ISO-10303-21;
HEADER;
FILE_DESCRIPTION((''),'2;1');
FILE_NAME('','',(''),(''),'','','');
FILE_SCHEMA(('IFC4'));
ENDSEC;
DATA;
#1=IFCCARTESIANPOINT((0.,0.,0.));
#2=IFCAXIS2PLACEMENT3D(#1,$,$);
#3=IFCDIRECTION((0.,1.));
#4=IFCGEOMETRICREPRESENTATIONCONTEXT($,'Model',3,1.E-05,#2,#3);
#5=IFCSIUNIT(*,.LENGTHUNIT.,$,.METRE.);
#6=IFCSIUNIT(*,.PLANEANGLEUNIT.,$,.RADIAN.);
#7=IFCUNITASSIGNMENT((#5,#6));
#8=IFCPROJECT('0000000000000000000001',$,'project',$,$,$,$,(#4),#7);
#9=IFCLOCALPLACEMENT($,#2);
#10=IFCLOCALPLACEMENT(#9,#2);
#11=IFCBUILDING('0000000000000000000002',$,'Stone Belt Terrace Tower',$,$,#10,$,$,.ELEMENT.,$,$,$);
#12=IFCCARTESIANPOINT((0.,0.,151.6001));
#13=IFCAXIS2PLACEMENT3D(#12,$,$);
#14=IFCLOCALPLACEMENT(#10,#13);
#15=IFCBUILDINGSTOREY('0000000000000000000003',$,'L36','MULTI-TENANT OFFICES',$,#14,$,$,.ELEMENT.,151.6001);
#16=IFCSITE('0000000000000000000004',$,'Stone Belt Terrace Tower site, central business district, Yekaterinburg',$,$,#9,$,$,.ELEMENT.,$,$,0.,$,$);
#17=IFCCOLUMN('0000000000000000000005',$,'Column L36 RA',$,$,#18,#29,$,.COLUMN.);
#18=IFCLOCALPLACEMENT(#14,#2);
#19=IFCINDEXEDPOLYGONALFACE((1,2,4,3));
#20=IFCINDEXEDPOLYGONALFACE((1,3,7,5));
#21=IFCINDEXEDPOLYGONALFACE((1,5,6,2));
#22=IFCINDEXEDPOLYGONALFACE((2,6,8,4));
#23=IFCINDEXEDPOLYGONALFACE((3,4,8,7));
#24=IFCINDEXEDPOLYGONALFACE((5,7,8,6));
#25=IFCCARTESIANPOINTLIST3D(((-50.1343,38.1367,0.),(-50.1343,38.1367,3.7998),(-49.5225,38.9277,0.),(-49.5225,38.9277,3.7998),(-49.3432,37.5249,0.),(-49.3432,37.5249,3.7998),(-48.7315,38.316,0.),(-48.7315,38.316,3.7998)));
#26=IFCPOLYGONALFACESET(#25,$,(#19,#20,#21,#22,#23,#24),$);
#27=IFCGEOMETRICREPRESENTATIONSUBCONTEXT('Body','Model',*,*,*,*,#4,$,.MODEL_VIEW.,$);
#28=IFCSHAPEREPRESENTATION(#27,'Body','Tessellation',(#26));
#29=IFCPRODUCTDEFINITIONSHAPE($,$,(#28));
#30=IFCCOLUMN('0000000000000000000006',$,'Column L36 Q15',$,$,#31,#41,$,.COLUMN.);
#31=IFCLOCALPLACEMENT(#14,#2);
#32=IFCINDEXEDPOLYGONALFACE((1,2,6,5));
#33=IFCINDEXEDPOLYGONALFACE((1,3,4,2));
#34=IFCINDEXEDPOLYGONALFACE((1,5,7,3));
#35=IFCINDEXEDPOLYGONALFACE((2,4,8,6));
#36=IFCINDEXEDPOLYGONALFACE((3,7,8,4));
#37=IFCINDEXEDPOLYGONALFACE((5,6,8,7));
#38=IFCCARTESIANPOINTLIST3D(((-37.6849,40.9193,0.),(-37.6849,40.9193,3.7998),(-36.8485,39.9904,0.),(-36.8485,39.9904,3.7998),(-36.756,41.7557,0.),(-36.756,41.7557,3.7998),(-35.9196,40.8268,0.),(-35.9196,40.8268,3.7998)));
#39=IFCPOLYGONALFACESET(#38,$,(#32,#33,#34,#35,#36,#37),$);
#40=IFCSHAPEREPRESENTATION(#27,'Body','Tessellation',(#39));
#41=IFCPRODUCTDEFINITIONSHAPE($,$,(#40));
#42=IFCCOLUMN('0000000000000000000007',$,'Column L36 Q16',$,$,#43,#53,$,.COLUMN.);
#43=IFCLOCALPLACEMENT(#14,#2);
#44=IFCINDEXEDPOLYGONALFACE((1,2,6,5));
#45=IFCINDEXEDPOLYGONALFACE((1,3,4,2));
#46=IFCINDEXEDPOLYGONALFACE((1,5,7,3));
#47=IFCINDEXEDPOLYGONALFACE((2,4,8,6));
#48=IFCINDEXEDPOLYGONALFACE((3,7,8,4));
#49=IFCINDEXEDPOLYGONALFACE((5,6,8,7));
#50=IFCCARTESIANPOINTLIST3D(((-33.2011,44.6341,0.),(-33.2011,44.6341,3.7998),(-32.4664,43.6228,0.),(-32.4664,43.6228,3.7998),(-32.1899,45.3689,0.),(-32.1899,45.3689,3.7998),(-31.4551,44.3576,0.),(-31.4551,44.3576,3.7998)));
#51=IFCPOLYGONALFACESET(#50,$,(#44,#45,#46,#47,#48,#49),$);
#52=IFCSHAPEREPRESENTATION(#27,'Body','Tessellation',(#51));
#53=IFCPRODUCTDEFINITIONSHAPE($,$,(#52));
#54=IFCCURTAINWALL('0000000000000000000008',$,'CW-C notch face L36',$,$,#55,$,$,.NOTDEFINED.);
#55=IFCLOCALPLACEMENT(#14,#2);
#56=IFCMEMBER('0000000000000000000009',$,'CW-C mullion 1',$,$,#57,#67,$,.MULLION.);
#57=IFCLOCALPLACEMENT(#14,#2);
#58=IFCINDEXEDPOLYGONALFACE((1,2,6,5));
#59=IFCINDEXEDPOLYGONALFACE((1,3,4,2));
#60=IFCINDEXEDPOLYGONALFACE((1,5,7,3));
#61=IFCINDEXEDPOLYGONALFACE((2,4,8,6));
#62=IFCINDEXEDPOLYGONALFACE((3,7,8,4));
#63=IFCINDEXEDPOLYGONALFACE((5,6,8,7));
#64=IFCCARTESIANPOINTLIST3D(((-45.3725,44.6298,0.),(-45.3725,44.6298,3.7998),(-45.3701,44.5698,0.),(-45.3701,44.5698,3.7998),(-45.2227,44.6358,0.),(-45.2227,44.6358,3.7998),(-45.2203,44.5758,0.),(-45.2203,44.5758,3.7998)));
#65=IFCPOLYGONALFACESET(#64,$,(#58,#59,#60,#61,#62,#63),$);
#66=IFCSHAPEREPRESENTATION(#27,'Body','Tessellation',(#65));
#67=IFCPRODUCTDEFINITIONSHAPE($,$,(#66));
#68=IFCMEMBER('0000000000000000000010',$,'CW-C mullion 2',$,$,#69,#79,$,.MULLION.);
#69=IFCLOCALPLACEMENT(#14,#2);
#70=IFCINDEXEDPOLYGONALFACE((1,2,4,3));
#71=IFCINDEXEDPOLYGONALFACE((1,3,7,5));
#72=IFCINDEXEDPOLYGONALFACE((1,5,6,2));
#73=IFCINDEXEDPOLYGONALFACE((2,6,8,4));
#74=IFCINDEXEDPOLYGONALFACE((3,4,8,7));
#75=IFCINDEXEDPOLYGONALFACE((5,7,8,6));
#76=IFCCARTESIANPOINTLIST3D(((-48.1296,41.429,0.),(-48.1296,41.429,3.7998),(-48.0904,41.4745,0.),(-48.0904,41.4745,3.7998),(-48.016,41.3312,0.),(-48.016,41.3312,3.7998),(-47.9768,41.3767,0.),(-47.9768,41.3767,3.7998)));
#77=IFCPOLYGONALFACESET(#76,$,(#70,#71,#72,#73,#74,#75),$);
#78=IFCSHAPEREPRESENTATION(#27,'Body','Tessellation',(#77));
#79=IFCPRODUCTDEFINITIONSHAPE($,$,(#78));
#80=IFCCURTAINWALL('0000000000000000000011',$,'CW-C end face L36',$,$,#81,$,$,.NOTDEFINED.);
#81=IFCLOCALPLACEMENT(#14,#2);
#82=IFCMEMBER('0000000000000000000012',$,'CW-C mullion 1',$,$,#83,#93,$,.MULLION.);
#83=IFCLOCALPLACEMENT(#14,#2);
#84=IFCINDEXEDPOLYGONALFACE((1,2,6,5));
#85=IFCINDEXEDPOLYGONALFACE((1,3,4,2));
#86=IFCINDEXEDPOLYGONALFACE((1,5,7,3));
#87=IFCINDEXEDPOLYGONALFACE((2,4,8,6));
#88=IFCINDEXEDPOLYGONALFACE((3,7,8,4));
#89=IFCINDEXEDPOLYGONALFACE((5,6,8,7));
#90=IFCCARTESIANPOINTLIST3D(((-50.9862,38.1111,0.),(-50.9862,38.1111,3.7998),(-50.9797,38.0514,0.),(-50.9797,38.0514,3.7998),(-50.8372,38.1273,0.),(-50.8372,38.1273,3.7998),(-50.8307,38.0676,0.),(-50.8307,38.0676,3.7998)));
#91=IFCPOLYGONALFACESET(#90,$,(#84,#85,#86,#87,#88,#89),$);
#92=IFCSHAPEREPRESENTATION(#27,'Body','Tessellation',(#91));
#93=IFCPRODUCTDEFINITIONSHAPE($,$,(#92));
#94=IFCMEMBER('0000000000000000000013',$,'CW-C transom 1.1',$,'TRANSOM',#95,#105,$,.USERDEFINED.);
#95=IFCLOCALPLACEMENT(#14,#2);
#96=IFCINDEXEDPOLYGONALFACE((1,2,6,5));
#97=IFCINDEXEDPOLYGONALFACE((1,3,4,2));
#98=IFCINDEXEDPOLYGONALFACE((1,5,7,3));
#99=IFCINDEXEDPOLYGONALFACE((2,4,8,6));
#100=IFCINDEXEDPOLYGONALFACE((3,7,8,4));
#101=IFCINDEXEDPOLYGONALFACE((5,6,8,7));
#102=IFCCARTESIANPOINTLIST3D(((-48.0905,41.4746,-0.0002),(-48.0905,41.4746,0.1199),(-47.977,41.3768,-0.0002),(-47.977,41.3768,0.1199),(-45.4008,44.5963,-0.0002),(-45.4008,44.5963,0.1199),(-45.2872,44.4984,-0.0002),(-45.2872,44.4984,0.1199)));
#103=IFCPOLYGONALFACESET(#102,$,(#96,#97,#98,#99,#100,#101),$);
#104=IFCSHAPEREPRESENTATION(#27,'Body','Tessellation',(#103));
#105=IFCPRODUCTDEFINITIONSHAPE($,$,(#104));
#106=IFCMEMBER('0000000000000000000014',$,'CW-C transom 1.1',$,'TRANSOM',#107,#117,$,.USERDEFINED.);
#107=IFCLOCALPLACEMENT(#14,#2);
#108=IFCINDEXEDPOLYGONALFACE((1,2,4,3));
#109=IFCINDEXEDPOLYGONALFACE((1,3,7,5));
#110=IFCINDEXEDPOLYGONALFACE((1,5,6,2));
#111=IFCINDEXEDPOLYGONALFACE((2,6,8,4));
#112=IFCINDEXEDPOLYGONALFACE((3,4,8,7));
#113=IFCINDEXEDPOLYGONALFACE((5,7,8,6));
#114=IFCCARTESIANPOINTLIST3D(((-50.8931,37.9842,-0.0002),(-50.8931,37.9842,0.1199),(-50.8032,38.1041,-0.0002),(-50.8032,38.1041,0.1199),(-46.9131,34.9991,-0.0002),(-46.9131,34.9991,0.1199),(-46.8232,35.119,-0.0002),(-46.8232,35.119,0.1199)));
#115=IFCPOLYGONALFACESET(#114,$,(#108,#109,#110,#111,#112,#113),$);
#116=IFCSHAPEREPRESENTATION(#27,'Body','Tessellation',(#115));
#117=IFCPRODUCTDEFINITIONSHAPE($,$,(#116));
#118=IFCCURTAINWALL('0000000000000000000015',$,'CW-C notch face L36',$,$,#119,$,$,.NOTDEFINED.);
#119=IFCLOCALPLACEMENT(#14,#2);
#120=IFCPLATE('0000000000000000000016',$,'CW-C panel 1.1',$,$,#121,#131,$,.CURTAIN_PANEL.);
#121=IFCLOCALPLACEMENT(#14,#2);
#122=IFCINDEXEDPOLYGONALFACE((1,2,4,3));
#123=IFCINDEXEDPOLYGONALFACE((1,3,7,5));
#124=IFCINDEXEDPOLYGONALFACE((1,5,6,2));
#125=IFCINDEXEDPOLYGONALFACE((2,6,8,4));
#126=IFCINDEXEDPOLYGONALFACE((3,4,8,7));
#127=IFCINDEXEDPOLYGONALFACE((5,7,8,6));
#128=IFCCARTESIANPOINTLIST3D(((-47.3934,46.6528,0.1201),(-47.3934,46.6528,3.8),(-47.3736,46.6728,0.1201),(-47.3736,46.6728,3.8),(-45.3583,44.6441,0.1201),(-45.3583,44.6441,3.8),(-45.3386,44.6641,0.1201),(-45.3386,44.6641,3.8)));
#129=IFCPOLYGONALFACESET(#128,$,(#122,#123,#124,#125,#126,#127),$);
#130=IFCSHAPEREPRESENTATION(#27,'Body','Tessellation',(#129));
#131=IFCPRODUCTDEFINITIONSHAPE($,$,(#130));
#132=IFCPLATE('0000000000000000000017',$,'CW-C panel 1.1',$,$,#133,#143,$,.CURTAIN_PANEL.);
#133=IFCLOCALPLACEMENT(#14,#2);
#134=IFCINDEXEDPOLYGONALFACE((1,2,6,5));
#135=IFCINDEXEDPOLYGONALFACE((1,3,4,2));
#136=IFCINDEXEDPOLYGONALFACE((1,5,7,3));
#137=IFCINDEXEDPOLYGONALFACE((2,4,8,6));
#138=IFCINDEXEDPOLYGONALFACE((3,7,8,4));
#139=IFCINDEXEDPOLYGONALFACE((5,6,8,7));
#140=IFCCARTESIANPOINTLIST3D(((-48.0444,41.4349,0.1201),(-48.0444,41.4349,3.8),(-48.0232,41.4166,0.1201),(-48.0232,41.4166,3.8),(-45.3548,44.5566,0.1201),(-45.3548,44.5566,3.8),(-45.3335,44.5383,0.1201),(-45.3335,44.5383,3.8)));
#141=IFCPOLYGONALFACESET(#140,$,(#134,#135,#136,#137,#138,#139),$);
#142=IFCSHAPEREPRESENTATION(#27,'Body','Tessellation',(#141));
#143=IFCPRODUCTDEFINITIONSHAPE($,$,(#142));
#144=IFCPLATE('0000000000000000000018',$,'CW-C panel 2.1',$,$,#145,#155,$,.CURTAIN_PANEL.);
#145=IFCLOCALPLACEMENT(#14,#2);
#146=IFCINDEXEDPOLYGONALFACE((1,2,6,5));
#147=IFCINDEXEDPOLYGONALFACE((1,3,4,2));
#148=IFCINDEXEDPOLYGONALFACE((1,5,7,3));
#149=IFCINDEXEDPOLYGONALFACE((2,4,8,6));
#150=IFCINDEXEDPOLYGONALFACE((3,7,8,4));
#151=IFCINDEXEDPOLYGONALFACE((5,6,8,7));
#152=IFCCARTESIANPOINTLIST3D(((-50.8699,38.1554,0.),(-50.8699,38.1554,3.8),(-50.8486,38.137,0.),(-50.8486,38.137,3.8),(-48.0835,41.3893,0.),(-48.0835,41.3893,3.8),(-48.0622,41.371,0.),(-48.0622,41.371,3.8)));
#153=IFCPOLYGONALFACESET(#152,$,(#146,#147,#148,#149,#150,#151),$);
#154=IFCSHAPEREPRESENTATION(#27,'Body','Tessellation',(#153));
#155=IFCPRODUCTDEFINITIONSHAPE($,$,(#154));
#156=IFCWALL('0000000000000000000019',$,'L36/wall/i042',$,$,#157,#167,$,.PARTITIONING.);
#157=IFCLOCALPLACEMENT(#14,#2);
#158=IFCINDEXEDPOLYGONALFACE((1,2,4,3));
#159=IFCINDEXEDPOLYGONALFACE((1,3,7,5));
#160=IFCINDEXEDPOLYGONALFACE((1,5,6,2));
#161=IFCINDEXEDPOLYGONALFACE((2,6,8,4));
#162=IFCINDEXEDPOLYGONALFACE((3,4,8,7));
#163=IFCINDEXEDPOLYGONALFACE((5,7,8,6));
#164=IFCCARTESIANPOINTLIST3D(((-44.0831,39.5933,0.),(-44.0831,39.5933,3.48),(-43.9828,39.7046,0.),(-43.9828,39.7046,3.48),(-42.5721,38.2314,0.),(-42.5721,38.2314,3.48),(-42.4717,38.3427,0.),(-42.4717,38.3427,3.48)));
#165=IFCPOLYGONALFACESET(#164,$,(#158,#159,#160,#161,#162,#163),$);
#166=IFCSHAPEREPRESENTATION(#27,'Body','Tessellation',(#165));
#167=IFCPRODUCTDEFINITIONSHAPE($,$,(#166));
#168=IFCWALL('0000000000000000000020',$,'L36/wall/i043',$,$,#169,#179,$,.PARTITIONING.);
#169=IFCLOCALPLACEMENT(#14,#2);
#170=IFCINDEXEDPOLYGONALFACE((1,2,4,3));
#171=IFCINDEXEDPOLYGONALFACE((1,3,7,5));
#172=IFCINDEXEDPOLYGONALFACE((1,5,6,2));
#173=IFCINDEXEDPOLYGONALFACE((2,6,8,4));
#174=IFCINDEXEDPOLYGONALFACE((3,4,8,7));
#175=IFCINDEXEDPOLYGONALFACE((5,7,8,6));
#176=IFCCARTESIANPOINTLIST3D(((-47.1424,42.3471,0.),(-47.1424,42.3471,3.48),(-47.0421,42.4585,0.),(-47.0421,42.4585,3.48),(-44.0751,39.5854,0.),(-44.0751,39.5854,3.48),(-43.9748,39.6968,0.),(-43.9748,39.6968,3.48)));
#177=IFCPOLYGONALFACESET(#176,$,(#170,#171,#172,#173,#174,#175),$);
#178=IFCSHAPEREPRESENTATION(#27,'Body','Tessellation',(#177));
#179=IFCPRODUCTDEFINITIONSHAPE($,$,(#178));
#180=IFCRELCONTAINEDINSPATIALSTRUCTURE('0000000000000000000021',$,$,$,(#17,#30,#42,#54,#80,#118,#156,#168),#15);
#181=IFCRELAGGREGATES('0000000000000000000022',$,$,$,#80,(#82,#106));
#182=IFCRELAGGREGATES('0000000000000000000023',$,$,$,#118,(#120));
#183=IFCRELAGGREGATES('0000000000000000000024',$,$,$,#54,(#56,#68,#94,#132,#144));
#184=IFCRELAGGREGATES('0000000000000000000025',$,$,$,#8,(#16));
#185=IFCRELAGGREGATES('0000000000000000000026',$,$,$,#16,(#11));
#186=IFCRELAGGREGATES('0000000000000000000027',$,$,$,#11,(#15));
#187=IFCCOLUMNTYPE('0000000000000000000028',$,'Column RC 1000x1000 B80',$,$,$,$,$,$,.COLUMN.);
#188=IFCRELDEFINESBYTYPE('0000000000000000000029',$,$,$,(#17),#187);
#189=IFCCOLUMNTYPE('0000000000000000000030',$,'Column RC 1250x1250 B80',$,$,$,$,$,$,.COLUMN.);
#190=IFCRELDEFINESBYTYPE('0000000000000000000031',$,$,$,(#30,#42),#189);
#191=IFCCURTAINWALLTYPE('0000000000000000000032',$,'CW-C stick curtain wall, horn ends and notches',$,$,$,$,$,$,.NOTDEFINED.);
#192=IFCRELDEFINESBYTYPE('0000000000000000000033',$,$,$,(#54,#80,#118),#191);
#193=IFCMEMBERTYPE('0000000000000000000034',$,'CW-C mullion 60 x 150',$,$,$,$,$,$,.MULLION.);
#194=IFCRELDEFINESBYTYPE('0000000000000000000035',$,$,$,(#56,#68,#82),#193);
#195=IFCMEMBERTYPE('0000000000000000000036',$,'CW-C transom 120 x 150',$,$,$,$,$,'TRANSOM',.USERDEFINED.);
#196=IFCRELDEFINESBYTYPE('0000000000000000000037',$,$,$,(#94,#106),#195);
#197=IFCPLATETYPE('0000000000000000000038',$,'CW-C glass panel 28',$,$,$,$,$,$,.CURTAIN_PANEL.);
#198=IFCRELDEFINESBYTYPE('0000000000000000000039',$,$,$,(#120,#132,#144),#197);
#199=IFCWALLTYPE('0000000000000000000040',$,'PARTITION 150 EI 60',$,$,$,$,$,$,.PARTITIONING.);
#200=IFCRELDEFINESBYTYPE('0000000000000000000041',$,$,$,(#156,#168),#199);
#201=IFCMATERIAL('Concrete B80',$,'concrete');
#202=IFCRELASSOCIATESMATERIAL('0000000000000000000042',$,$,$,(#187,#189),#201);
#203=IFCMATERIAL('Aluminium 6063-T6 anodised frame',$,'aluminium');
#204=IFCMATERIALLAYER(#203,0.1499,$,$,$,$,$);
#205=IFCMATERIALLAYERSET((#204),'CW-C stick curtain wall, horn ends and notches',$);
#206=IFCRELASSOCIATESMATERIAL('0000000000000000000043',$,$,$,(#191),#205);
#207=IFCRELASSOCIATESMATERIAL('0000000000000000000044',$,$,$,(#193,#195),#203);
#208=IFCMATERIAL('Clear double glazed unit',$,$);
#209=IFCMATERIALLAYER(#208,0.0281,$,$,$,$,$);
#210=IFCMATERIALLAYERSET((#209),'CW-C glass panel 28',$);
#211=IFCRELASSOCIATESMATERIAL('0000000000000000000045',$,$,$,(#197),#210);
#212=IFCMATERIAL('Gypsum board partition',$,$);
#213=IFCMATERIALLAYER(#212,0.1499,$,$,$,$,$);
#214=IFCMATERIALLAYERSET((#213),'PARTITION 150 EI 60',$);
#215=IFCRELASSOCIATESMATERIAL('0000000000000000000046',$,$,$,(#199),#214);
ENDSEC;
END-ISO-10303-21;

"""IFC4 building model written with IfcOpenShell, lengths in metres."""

from ifc_helpers import new_model, si_unit, direction, frame, frame_2d, origin, origin_2d, place, context, subcontext, project, spatial, rectangle, extrude, material, layer, layer_set, material_profile, profile_set, type_object, element, aggregate, save


model = new_model("IFC4")

# Units and contexts
model_context = context("Model", 3, precision=1e-05, world=origin(), true_north=direction((0.0, 1.0)))
body_context = subcontext(model_context, "Body", "Model", "MODEL_VIEW")
ifc_project = project(units=[si_unit("LENGTHUNIT", "METRE"), si_unit("PLANEANGLEUNIT", "RADIAN")], contexts=[model_context])

# Site, building, storey
site_placement = place(None, origin())
site = spatial("IfcSite", under=ifc_project, at=site_placement, Name="Stone Belt Terrace Tower site, central business district, Yekaterinburg", CompositionType="ELEMENT", RefElevation=0.0)
building_placement = place(site_placement, origin())
building = spatial("IfcBuilding", under=site, at=building_placement, Name="Stone Belt Terrace Tower", CompositionType="ELEMENT")
storey_placement = place(building_placement, frame((0.0, 0.0, 151.6001)))
storey = spatial("IfcBuildingStorey", under=building, at=storey_placement, Name="L36", Description="MULTI-TENANT OFFICES", CompositionType="ELEMENT", Elevation=151.6001)

# Columns
ifc_material_1 = material(Name="Concrete B80", Category="concrete")
ifc_material_profile_1 = material_profile(ifc_material_1, rectangle(XDim=1.0, YDim=1.0, at=origin_2d()), Name="RC 1000x1000")
ifc_profile_set_1 = profile_set([ifc_material_profile_1], Name="Concrete B80")
column_type_1 = type_object("IfcColumnType", Name="Column RC 1000x1000 B80", PredefinedType="COLUMN", material=ifc_profile_set_1)
column_placement = place(storey_placement, frame((-49.4329, 38.2263, 0.0), z_axis=(0.0, 0.0, 1.0), x_axis=(0.61173, 0.791067, 0.0)))
element("IfcColumn", 1, at=column_placement, inside=storey, type_object=column_type_1, Name="Column L36 RA", PredefinedType="COLUMN", context=body_context, shape_type="SweptSolid", body=[
    extrude(rectangle(XDim=1.0, YDim=1.0, at=origin_2d()), origin(), (0.0, 0.0, 1.0), 3.7998),
])
ifc_material_profile_2 = material_profile(ifc_material_1, rectangle(XDim=1.25, YDim=1.25, at=origin_2d()), Name="RC 1250x1250")
ifc_profile_set_2 = profile_set([ifc_material_profile_2], Name="Concrete B80")
column_type_2 = type_object("IfcColumnType", Name="Column RC 1250x1250 B80", PredefinedType="COLUMN", material=ifc_profile_set_2)
for number, where, z_axis, x_axis, name in (
    (2, (-36.8022, 40.873, 0.0), (0.0, 0.0, 1.0), (0.743145, 0.669131, 0.0), "Column L36 Q15"),
    (3, (-32.3281, 44.4958, 0.0), (0.0, 0.0, 1.0), (0.809017, 0.587785, 0.0), "Column L36 Q16"),
):
    element("IfcColumn", number, at=place(storey_placement, frame(where, z_axis=z_axis, x_axis=x_axis)), inside=storey, type_object=column_type_2, Name=name, PredefinedType="COLUMN", context=body_context, shape_type="SweptSolid", body=[
        extrude(rectangle(XDim=1.25, YDim=1.25, at=origin_2d()), origin(), (0.0, 0.0, 1.0), 3.7998),
    ])

# Curtain wall, members
ifc_material_2 = material(Name="Aluminium 6063-T6 anodised frame", Category="aluminium")
ifc_layer_1 = layer(ifc_material_2, 0.1499)
ifc_layer_set_1 = layer_set([ifc_layer_1], Name="CW-C stick curtain wall, horn ends and notches")
curtain_wall_type = type_object("IfcCurtainWallType", Name="CW-C stick curtain wall, horn ends and notches", PredefinedType="NOTDEFINED", material=ifc_layer_set_1)
curtain_wall_1_placement = place(storey_placement, origin())
curtain_wall_1 = element("IfcCurtainWall", 4, at=curtain_wall_1_placement, inside=storey, type_object=curtain_wall_type, Name="CW-C notch face L36", PredefinedType="NOTDEFINED")
ifc_material_profile_3 = material_profile(ifc_material_2, rectangle(XDim=0.1499, YDim=0.0601, at=origin_2d()), Name="Aluminium 6063-T6 60x150")
ifc_profile_set_3 = profile_set([ifc_material_profile_3], Name="Aluminium 6063-T6 anodised frame")
member_type_1 = type_object("IfcMemberType", Name="CW-C mullion 60 x 150", PredefinedType="MULLION", material=ifc_profile_set_3)
member_1_placement = place(storey_placement, frame((-45.2964, 44.6028, 0.0), z_axis=(0.0, 0.0, 1.0), x_axis=(0.999185, 0.04036, 0.0)))
member_1 = element("IfcMember", 5, at=member_1_placement, type_object=member_type_1, Name="CW-C mullion 1", PredefinedType="MULLION", context=body_context, shape_type="SweptSolid", body=[
    extrude(rectangle(XDim=0.1499, YDim=0.0601, at=origin_2d()), origin(), (0.0, 0.0, 1.0), 3.7998),
])
member_2_placement = place(storey_placement, frame((-48.0532, 41.4028, 0.0), z_axis=(0.0, 0.0, 1.0), x_axis=(0.757584, -0.652738, 0.0)))
member_2 = element("IfcMember", 6, at=member_2_placement, type_object=member_type_1, Name="CW-C mullion 2", PredefinedType="MULLION", context=body_context, shape_type="SweptSolid", body=[
    extrude(rectangle(XDim=0.1499, YDim=0.0601, at=origin_2d()), origin(), (0.0, 0.0, 1.0), 3.7998),
])

# Curtain wall, member
curtain_wall_2_placement = place(storey_placement, origin())
curtain_wall_2 = element("IfcCurtainWall", 7, at=curtain_wall_2_placement, inside=storey, type_object=curtain_wall_type, Name="CW-C end face L36", PredefinedType="NOTDEFINED")
member_3_placement = place(storey_placement, frame((-50.9084, 38.0894, 0.0), z_axis=(0.0, 0.0, 1.0), x_axis=(0.994169, 0.10783, 0.0)))
member_3 = element("IfcMember", 8, at=member_3_placement, type_object=member_type_1, Name="CW-C mullion 1", PredefinedType="MULLION", context=body_context, shape_type="SweptSolid", body=[
    extrude(rectangle(XDim=0.1499, YDim=0.0601, at=origin_2d()), origin(), (0.0, 0.0, 1.0), 3.7998),
])

# Members
ifc_material_profile_4 = material_profile(ifc_material_2, rectangle(XDim=0.1499, YDim=0.1201, at=origin_2d()), Name="Aluminium 6063-T6 150x120")
ifc_profile_set_4 = profile_set([ifc_material_profile_4], Name="Aluminium 6063-T6 anodised frame")
member_type_2 = type_object("IfcMemberType", Name="CW-C transom 120 x 150", ElementType="TRANSOM", PredefinedType="USERDEFINED", material=ifc_profile_set_4)
member_4_placement = place(storey_placement, frame((-45.344, 44.5474, 0.0598), z_axis=(-0.652756, -0.757569, 0.0), x_axis=(0.757569, -0.652756, 0.0)))
member_4 = element("IfcMember", 9, at=member_4_placement, type_object=member_type_2, Name="CW-C transom 1.1", ObjectType="TRANSOM", PredefinedType="USERDEFINED", context=body_context, shape_type="SweptSolid", body=[
    extrude(rectangle(XDim=0.1499, YDim=0.1201, at=origin_2d()), origin(), (0.0, 0.0, 1.0), 4.1206),
])
member_5_placement = place(storey_placement, frame((-50.8481, 38.0442, 0.0598), z_axis=(0.799988, -0.600016, 0.0), x_axis=(0.600016, 0.799988, 0.0)))
member_5 = element("IfcMember", 10, at=member_5_placement, type_object=member_type_2, Name="CW-C transom 1.1", ObjectType="TRANSOM", PredefinedType="USERDEFINED", context=body_context, shape_type="SweptSolid", body=[
    extrude(rectangle(XDim=0.1499, YDim=0.1201, at=origin_2d()), origin(), (0.0, 0.0, 1.0), 4.9751),
])
aggregate(curtain_wall_2, [member_3, member_5])

# Curtain wall, plate
curtain_wall_3_placement = place(storey_placement, origin())
curtain_wall_3 = element("IfcCurtainWall", 11, at=curtain_wall_3_placement, inside=storey, type_object=curtain_wall_type, Name="CW-C notch face L36", PredefinedType="NOTDEFINED")
ifc_material_3 = material(Name="Clear double glazed unit")
ifc_layer_2 = layer(ifc_material_3, 0.0281)
ifc_layer_set_2 = layer_set([ifc_layer_2], Name="CW-C glass panel 28")
plate_type = type_object("IfcPlateType", Name="CW-C glass panel 28", PredefinedType="CURTAIN_PANEL", material=ifc_layer_set_2)
plate_1_placement = place(storey_placement, frame((-46.366, 45.6584, 0.1201), z_axis=(0.0, 0.0, 1.0), x_axis=(0.711713, -0.70247, 0.0)))
plate_1 = element("IfcPlate", 12, at=plate_1_placement, type_object=plate_type, Name="CW-C panel 1.1", PredefinedType="CURTAIN_PANEL", context=body_context, shape_type="SweptSolid", body=[
    extrude(rectangle(XDim=2.8594, YDim=0.0281, at=origin_2d()), origin(), (0.0, 0.0, 1.0), 3.6799),
])
aggregate(curtain_wall_3, [plate_1])

# Plates
plate_2_placement = place(storey_placement, frame((-46.689, 42.9866, 0.1201), z_axis=(0.0, 0.0, 1.0), x_axis=(-0.652738, -0.757584, 0.0)))
plate_2 = element("IfcPlate", 13, at=plate_2_placement, type_object=plate_type, Name="CW-C panel 1.1", PredefinedType="CURTAIN_PANEL", context=body_context, shape_type="SweptSolid", body=[
    extrude(rectangle(XDim=4.1206, YDim=0.0281, at=origin_2d()), origin(), (0.0, 0.0, 1.0), 3.6799),
])
plate_3_placement = place(storey_placement, frame((-49.4661, 39.7632, 0.0), z_axis=(0.0, 0.0, 1.0), x_axis=(-0.652738, -0.757584, 0.0)))
plate_3 = element("IfcPlate", 14, at=plate_3_placement, type_object=plate_type, Name="CW-C panel 2.1", PredefinedType="CURTAIN_PANEL", context=body_context, shape_type="SweptSolid", body=[
    extrude(rectangle(XDim=4.2688, YDim=0.0281, at=origin_2d()), origin(), (0.0, 0.0, 1.0), 3.8),
])
aggregate(curtain_wall_1, [member_1, member_2, member_4, plate_2, plate_3])

# Walls
ifc_material_4 = material(Name="Gypsum board partition")
ifc_layer_3 = layer(ifc_material_4, 0.1499)
ifc_layer_set_3 = layer_set([ifc_layer_3], Name="PARTITION 150 EI 60")
wall_type = type_object("IfcWallType", Name="PARTITION 150 EI 60", PredefinedType="PARTITIONING", material=ifc_layer_set_3)
wall_1_placement = place(storey_placement, frame((-44.033, 39.6489, 0.0), z_axis=(0.0, 0.0, 1.0), x_axis=(0.742822, -0.669488, 0.0)))
element("IfcWall", 15, at=wall_1_placement, inside=storey, type_object=wall_type, Name="L36/wall/i042", PredefinedType="PARTITIONING", context=body_context, shape_type="SweptSolid", body=[
    extrude(rectangle(XDim=2.0342, YDim=0.1499, at=frame_2d((1.0171, 0.0))), origin(), (0.0, 0.0, 1.0), 3.48),
])
wall_2_placement = place(storey_placement, frame((-47.0923, 42.4028, 0.0), z_axis=(0.0, 0.0, 1.0), x_axis=(0.743165, -0.669109, 0.0)))
element("IfcWall", 16, at=wall_2_placement, inside=storey, type_object=wall_type, Name="L36/wall/i043", PredefinedType="PARTITIONING", context=body_context, shape_type="SweptSolid", body=[
    extrude(rectangle(XDim=4.1274, YDim=0.1499, at=frame_2d((2.0637, 0.0))), origin(), (0.0, 0.0, 1.0), 3.48),
])

save(model, "model.ifc")
